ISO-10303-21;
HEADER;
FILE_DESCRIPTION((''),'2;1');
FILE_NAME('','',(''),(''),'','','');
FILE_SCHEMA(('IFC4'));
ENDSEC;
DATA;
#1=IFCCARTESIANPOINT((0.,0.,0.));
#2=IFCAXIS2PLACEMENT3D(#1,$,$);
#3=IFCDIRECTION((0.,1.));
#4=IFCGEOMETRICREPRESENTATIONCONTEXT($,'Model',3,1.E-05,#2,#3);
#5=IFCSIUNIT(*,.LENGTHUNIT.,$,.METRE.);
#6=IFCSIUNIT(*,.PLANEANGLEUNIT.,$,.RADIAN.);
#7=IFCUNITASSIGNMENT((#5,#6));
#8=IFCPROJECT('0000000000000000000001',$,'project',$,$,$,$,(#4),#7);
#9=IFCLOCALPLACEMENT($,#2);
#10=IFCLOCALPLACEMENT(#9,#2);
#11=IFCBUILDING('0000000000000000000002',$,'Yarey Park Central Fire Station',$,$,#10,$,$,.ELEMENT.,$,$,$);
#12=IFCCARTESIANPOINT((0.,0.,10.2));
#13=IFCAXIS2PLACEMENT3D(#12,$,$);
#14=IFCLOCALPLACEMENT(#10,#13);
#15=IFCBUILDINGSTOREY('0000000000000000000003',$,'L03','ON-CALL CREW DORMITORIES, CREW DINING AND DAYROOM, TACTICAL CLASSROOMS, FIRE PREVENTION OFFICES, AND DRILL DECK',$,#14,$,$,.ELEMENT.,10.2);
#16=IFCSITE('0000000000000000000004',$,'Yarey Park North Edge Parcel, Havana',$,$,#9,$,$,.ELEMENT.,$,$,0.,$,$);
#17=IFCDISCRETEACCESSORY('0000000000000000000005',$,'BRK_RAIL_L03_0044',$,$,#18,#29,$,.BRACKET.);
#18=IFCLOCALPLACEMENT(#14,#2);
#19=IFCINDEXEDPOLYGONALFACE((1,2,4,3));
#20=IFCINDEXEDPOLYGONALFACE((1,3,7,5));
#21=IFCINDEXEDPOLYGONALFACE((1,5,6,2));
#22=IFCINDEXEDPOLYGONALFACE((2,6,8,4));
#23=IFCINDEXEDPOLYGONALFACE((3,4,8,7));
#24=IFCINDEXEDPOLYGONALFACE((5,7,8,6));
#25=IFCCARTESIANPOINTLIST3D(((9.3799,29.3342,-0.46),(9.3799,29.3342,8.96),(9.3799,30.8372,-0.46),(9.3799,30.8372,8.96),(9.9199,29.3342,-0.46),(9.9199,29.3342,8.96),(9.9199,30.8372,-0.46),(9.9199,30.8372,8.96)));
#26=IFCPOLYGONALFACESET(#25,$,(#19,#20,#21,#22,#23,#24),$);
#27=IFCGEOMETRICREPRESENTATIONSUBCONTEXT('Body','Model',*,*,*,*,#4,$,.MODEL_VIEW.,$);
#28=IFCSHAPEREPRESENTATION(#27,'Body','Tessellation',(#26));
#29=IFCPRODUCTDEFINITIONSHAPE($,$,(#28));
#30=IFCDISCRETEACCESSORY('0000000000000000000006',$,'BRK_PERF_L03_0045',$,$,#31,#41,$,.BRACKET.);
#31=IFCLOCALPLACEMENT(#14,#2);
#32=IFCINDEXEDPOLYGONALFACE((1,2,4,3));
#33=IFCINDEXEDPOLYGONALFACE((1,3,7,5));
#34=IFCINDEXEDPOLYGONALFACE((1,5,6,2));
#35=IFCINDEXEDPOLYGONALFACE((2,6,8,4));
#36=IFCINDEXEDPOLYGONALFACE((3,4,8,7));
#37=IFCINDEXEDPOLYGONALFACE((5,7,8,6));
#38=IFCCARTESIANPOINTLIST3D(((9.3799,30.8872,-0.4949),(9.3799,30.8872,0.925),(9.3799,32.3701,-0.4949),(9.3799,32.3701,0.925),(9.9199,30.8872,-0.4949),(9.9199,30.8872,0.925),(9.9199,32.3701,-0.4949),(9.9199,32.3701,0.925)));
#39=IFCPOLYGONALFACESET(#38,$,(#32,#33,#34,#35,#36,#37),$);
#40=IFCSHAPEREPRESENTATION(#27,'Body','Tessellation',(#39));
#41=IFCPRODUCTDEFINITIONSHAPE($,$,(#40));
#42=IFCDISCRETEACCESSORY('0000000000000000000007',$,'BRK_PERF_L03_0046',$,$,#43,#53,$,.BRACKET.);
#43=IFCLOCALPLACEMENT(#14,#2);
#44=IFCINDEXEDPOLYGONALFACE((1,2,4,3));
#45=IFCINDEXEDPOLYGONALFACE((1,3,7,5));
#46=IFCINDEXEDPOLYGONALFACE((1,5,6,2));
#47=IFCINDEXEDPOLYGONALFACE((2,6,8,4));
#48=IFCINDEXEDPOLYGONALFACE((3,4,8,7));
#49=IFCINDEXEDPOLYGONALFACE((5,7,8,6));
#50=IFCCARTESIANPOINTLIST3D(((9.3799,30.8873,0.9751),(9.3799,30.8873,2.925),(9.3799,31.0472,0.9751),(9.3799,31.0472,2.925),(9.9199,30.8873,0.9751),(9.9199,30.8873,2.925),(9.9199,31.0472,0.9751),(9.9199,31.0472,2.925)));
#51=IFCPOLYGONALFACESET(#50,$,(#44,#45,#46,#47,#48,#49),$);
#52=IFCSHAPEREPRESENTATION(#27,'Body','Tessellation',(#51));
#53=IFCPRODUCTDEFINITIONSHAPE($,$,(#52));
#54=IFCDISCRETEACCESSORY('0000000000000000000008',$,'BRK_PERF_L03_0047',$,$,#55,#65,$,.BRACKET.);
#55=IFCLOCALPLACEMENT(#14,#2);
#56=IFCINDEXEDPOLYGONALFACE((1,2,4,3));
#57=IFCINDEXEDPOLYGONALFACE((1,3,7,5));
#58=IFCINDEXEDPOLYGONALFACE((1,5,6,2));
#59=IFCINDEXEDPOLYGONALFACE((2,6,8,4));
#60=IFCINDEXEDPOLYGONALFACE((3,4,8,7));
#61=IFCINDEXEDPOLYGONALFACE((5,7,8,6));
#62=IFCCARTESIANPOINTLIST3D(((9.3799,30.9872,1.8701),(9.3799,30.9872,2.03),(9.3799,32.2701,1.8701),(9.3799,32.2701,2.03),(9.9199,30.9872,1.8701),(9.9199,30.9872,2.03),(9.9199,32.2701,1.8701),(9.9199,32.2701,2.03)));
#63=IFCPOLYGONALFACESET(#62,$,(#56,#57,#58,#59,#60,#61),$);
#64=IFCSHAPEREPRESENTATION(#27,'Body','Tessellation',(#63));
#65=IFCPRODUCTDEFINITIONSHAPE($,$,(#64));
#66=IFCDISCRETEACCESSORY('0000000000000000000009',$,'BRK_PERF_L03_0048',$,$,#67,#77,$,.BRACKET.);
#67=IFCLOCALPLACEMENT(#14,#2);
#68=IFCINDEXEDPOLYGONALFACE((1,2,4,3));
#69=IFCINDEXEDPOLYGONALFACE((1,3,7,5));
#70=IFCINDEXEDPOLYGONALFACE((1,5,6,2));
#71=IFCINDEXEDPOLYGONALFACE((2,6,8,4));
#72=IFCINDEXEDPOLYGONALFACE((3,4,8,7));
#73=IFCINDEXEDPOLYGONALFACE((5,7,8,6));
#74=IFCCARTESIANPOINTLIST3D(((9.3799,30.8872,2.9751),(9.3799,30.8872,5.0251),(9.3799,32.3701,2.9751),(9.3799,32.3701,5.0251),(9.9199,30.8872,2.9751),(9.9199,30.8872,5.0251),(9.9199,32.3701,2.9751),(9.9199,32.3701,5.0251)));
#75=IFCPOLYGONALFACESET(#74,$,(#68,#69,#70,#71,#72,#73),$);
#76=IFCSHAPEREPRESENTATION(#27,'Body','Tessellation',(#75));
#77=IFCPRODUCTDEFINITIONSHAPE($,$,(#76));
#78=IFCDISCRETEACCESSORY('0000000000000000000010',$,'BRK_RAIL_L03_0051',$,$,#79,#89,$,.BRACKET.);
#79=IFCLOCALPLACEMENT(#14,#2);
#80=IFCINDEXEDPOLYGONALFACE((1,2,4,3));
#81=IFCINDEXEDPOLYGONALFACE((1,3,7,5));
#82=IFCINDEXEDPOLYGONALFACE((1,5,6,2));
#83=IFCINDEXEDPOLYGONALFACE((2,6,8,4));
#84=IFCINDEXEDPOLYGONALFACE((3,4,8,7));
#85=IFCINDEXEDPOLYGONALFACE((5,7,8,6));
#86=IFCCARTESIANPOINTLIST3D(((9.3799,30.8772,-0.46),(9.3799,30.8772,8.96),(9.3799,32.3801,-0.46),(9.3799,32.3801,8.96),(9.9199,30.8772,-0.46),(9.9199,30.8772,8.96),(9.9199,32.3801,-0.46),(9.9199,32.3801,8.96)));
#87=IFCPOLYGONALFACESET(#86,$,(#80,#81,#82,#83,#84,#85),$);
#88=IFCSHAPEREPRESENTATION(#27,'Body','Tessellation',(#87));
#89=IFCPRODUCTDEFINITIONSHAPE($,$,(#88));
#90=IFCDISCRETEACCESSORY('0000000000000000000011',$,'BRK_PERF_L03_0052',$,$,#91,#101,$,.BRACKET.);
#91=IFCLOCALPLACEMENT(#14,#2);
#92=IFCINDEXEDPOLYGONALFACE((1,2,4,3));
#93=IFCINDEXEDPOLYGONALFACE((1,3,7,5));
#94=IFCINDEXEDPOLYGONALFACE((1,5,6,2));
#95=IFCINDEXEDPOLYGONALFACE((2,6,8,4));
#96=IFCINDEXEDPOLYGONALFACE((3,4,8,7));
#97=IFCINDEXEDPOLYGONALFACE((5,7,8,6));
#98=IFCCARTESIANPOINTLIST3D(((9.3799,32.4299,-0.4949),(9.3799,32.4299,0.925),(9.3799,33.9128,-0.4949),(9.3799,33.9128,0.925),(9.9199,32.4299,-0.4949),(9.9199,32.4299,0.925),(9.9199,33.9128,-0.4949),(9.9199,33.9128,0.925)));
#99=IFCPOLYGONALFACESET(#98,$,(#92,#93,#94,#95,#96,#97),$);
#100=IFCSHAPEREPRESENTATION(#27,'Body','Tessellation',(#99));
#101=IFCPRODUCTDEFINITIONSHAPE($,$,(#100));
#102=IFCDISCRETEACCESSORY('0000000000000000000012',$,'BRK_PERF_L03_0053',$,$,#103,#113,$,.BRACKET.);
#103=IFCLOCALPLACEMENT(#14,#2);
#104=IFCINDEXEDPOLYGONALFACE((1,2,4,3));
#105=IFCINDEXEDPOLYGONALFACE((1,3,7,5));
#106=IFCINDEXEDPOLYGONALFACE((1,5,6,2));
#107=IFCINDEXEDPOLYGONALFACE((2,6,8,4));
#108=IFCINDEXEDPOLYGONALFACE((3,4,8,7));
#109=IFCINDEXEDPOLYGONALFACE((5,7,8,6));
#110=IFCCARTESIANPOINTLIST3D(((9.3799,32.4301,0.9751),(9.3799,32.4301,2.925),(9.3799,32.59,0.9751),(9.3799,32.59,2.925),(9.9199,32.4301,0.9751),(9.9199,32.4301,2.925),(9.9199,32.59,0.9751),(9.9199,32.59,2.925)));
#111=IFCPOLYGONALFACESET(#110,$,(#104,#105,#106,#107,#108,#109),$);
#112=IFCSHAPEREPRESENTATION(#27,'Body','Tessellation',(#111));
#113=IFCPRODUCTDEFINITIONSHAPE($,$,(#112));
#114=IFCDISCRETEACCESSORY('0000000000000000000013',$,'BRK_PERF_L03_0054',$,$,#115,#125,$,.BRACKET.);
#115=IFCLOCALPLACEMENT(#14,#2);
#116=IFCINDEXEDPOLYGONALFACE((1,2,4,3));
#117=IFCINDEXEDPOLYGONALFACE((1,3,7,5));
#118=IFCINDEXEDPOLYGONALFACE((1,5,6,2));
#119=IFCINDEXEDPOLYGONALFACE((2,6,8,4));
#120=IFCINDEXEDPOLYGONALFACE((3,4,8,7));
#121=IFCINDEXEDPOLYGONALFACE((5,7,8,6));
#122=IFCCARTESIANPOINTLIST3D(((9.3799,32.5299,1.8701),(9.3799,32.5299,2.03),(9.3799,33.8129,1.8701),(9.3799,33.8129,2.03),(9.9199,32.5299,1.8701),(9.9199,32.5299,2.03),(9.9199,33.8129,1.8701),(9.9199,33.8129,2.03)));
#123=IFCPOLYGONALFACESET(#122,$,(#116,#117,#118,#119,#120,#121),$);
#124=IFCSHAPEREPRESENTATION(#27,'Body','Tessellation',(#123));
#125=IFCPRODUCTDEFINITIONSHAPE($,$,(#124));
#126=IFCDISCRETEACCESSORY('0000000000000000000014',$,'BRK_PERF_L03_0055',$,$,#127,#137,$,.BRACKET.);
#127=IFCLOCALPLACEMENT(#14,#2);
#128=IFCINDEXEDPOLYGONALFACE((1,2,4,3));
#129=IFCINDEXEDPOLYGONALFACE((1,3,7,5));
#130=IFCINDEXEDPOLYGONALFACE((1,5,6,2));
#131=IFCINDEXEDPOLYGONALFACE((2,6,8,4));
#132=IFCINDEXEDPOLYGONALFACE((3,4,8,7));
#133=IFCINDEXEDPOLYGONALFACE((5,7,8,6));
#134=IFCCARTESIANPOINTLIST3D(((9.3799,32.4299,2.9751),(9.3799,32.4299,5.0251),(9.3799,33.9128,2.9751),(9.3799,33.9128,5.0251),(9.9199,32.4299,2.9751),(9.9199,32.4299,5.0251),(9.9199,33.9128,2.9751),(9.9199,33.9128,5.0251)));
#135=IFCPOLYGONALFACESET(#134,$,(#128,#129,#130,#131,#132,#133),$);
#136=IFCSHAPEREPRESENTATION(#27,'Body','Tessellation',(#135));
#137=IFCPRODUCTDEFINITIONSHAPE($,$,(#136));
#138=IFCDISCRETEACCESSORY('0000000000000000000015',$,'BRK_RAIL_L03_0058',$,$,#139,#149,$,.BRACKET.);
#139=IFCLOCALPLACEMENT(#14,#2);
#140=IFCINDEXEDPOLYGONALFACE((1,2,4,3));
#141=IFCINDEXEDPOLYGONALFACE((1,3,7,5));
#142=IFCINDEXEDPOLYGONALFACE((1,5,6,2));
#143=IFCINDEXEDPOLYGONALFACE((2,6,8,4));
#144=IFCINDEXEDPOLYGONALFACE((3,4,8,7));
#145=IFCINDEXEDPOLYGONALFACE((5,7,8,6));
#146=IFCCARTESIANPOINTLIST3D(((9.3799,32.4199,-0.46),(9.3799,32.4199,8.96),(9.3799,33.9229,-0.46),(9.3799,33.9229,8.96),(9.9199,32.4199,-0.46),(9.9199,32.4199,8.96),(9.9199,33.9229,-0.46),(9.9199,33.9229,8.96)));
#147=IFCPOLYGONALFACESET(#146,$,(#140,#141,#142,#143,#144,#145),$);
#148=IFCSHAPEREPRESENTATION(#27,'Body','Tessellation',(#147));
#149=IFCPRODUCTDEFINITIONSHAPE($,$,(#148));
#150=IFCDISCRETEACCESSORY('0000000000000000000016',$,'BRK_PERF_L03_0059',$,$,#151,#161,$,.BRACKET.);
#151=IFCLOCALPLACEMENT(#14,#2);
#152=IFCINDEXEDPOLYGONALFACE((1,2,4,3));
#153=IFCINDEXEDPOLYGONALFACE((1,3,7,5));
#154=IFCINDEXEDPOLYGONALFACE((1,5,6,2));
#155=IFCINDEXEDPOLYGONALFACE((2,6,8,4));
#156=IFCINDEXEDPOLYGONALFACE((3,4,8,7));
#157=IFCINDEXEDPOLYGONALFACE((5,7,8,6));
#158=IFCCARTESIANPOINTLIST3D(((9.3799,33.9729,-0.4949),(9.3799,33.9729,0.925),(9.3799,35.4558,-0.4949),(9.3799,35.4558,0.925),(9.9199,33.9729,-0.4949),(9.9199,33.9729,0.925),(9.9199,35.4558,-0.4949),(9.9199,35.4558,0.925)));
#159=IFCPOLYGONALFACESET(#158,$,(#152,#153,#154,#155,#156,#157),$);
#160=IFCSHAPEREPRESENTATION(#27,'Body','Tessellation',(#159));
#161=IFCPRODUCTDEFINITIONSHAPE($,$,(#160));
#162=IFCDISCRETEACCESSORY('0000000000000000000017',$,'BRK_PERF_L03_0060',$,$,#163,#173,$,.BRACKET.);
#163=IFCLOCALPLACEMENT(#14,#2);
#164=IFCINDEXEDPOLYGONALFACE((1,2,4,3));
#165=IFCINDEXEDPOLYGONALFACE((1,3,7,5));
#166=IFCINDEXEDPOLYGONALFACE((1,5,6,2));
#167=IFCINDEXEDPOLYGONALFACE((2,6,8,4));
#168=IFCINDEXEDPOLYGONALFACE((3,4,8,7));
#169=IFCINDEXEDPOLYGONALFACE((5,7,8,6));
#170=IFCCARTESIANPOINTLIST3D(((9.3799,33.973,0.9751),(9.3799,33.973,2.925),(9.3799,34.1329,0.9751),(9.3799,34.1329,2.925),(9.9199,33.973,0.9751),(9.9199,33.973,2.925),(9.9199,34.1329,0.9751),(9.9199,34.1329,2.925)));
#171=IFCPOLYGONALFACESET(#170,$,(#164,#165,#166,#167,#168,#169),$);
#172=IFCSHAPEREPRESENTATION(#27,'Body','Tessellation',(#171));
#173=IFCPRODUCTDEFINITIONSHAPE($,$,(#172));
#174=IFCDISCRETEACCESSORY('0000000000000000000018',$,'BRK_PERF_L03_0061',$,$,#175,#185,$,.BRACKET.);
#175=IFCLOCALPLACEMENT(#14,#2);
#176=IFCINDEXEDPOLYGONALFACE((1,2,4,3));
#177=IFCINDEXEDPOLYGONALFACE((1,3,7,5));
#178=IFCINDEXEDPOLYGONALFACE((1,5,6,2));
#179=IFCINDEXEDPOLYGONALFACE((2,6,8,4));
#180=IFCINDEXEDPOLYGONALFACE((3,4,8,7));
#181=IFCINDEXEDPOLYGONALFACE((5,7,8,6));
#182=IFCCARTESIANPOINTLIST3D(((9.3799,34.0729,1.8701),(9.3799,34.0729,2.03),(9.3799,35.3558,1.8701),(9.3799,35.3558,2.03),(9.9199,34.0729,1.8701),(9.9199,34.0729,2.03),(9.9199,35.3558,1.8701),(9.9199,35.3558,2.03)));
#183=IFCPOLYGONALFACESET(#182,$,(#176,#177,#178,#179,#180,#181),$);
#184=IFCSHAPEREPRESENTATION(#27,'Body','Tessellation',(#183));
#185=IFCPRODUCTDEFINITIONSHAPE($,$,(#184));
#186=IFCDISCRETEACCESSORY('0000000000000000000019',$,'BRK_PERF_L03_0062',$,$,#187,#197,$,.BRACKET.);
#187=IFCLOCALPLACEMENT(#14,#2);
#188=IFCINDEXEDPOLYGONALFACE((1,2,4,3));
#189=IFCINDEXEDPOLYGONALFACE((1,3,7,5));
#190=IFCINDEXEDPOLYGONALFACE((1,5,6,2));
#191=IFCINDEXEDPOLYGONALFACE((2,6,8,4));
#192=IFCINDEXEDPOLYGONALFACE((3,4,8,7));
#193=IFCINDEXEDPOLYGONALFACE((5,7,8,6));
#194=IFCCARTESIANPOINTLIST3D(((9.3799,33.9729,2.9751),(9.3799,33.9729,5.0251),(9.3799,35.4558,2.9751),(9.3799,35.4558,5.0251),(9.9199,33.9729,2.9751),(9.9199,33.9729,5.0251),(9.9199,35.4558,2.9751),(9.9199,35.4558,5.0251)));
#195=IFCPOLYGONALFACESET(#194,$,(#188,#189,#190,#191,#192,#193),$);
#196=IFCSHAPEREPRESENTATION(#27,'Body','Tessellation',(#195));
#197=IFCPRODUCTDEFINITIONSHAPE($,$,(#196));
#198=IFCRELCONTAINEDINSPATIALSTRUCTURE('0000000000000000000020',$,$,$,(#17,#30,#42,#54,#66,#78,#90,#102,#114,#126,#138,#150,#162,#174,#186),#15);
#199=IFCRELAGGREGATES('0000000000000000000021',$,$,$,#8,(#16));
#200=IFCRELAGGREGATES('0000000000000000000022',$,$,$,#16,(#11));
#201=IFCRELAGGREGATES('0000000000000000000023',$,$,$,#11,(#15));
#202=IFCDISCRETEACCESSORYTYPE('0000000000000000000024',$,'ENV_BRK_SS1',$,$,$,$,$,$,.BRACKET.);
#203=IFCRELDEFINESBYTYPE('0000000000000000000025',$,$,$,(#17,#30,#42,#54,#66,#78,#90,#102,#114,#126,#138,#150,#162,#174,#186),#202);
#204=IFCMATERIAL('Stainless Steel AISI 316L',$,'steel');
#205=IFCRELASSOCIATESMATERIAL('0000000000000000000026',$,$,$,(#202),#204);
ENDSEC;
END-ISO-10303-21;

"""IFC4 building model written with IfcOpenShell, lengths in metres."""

from ifc_helpers import new_model, si_unit, direction, frame, origin, origin_2d, place, context, subcontext, project, spatial, rectangle, extrude, material, type_object, element, save


model = new_model("IFC4")

# Units and contexts
model_context = context("Model", 3, precision=1e-05, world=origin(), true_north=direction((0.0, 1.0)))
body_context = subcontext(model_context, "Body", "Model", "MODEL_VIEW")
ifc_project = project(units=[si_unit("LENGTHUNIT", "METRE"), si_unit("PLANEANGLEUNIT", "RADIAN")], contexts=[model_context])

# Site, building, storey
site_placement = place(None, origin())
site = spatial("IfcSite", under=ifc_project, at=site_placement, Name="Yarey Park North Edge Parcel, Havana", CompositionType="ELEMENT", RefElevation=0.0)
building_placement = place(site_placement, origin())
building = spatial("IfcBuilding", under=site, at=building_placement, Name="Yarey Park Central Fire Station", CompositionType="ELEMENT")
storey_placement = place(building_placement, frame((0.0, 0.0, 10.2)))
storey = spatial("IfcBuildingStorey", under=building, at=storey_placement, Name="L03", Description="ON-CALL CREW DORMITORIES, CREW DINING AND DAYROOM, TACTICAL CLASSROOMS, FIRE PREVENTION OFFICES, AND DRILL DECK", CompositionType="ELEMENT", Elevation=10.2)

# Discrete accessories
ifc_material_1 = material(Name="Stainless Steel AISI 316L", Category="steel")
discrete_accessory_type = type_object("IfcDiscreteAccessoryType", Name="ENV_BRK_SS1", PredefinedType="BRACKET", material=ifc_material_1)
discrete_accessory_1_placement = place(storey_placement, frame((9.6499, 30.0857, -0.46), z_axis=(0.0, 0.0, 1.0), x_axis=(1.0, 0.0, 0.0)))
element("IfcDiscreteAccessory", 1, at=discrete_accessory_1_placement, inside=storey, type_object=discrete_accessory_type, Name="BRK_RAIL_L03_0044", PredefinedType="BRACKET", context=body_context, shape_type="SweptSolid", body=[
    extrude(rectangle(XDim=0.54, YDim=1.5029, at=origin_2d()), origin(), (0.0, 0.0, 1.0), 9.4199),
])
discrete_accessory_2_placement = place(storey_placement, frame((9.6499, 31.6287, -0.4949), z_axis=(0.0, 0.0, 1.0), x_axis=(1.0, 0.0, 0.0)))
element("IfcDiscreteAccessory", 2, at=discrete_accessory_2_placement, inside=storey, type_object=discrete_accessory_type, Name="BRK_PERF_L03_0045", PredefinedType="BRACKET", context=body_context, shape_type="SweptSolid", body=[
    extrude(rectangle(XDim=0.54, YDim=1.4829, at=origin_2d()), origin(), (0.0, 0.0, 1.0), 1.4199),
])
discrete_accessory_3_placement = place(storey_placement, frame((9.6499, 30.9673, 0.9751), z_axis=(0.0, 0.0, 1.0), x_axis=(1.0, 0.0, 0.0)))
element("IfcDiscreteAccessory", 3, at=discrete_accessory_3_placement, inside=storey, type_object=discrete_accessory_type, Name="BRK_PERF_L03_0046", PredefinedType="BRACKET", context=body_context, shape_type="SweptSolid", body=[
    extrude(rectangle(XDim=0.54, YDim=0.1599, at=origin_2d()), origin(), (0.0, 0.0, 1.0), 1.95),
])
discrete_accessory_4_placement = place(storey_placement, frame((9.6499, 31.6287, 1.8701), z_axis=(0.0, 0.0, 1.0), x_axis=(1.0, 0.0, 0.0)))
element("IfcDiscreteAccessory", 4, at=discrete_accessory_4_placement, inside=storey, type_object=discrete_accessory_type, Name="BRK_PERF_L03_0047", PredefinedType="BRACKET", context=body_context, shape_type="SweptSolid", body=[
    extrude(rectangle(XDim=0.54, YDim=1.283, at=origin_2d()), origin(), (0.0, 0.0, 1.0), 0.1599),
])
discrete_accessory_5_placement = place(storey_placement, frame((9.6499, 31.6287, 2.9751), z_axis=(0.0, 0.0, 1.0), x_axis=(1.0, 0.0, 0.0)))
element("IfcDiscreteAccessory", 5, at=discrete_accessory_5_placement, inside=storey, type_object=discrete_accessory_type, Name="BRK_PERF_L03_0048", PredefinedType="BRACKET", context=body_context, shape_type="SweptSolid", body=[
    extrude(rectangle(XDim=0.54, YDim=1.4829, at=origin_2d()), origin(), (0.0, 0.0, 1.0), 2.05),
])
discrete_accessory_6_placement = place(storey_placement, frame((9.6499, 31.6287, -0.46), z_axis=(0.0, 0.0, 1.0), x_axis=(1.0, 0.0, 0.0)))
element("IfcDiscreteAccessory", 6, at=discrete_accessory_6_placement, inside=storey, type_object=discrete_accessory_type, Name="BRK_RAIL_L03_0051", PredefinedType="BRACKET", context=body_context, shape_type="SweptSolid", body=[
    extrude(rectangle(XDim=0.54, YDim=1.5029, at=origin_2d()), origin(), (0.0, 0.0, 1.0), 9.4199),
])
discrete_accessory_7_placement = place(storey_placement, frame((9.6499, 33.1714, -0.4949), z_axis=(0.0, 0.0, 1.0), x_axis=(1.0, 0.0, 0.0)))
element("IfcDiscreteAccessory", 7, at=discrete_accessory_7_placement, inside=storey, type_object=discrete_accessory_type, Name="BRK_PERF_L03_0052", PredefinedType="BRACKET", context=body_context, shape_type="SweptSolid", body=[
    extrude(rectangle(XDim=0.54, YDim=1.4829, at=origin_2d()), origin(), (0.0, 0.0, 1.0), 1.4199),
])
discrete_accessory_8_placement = place(storey_placement, frame((9.6499, 32.51, 0.9751), z_axis=(0.0, 0.0, 1.0), x_axis=(1.0, 0.0, 0.0)))
element("IfcDiscreteAccessory", 8, at=discrete_accessory_8_placement, inside=storey, type_object=discrete_accessory_type, Name="BRK_PERF_L03_0053", PredefinedType="BRACKET", context=body_context, shape_type="SweptSolid", body=[
    extrude(rectangle(XDim=0.54, YDim=0.1599, at=origin_2d()), origin(), (0.0, 0.0, 1.0), 1.95),
])
discrete_accessory_9_placement = place(storey_placement, frame((9.6499, 33.1714, 1.8701), z_axis=(0.0, 0.0, 1.0), x_axis=(1.0, 0.0, 0.0)))
element("IfcDiscreteAccessory", 9, at=discrete_accessory_9_placement, inside=storey, type_object=discrete_accessory_type, Name="BRK_PERF_L03_0054", PredefinedType="BRACKET", context=body_context, shape_type="SweptSolid", body=[
    extrude(rectangle(XDim=0.54, YDim=1.283, at=origin_2d()), origin(), (0.0, 0.0, 1.0), 0.1599),
])
discrete_accessory_10_placement = place(storey_placement, frame((9.6499, 33.1714, 2.9751), z_axis=(0.0, 0.0, 1.0), x_axis=(1.0, 0.0, 0.0)))
element("IfcDiscreteAccessory", 10, at=discrete_accessory_10_placement, inside=storey, type_object=discrete_accessory_type, Name="BRK_PERF_L03_0055", PredefinedType="BRACKET", context=body_context, shape_type="SweptSolid", body=[
    extrude(rectangle(XDim=0.54, YDim=1.4829, at=origin_2d()), origin(), (0.0, 0.0, 1.0), 2.05),
])
discrete_accessory_11_placement = place(storey_placement, frame((9.6499, 33.1714, -0.46), z_axis=(0.0, 0.0, 1.0), x_axis=(1.0, 0.0, 0.0)))
element("IfcDiscreteAccessory", 11, at=discrete_accessory_11_placement, inside=storey, type_object=discrete_accessory_type, Name="BRK_RAIL_L03_0058", PredefinedType="BRACKET", context=body_context, shape_type="SweptSolid", body=[
    extrude(rectangle(XDim=0.54, YDim=1.5029, at=origin_2d()), origin(), (0.0, 0.0, 1.0), 9.4199),
])
discrete_accessory_12_placement = place(storey_placement, frame((9.6499, 34.7144, -0.4949), z_axis=(0.0, 0.0, 1.0), x_axis=(1.0, 0.0, 0.0)))
element("IfcDiscreteAccessory", 12, at=discrete_accessory_12_placement, inside=storey, type_object=discrete_accessory_type, Name="BRK_PERF_L03_0059", PredefinedType="BRACKET", context=body_context, shape_type="SweptSolid", body=[
    extrude(rectangle(XDim=0.54, YDim=1.4829, at=origin_2d()), origin(), (0.0, 0.0, 1.0), 1.4199),
])
discrete_accessory_13_placement = place(storey_placement, frame((9.6499, 34.053, 0.9751), z_axis=(0.0, 0.0, 1.0), x_axis=(1.0, 0.0, 0.0)))
element("IfcDiscreteAccessory", 13, at=discrete_accessory_13_placement, inside=storey, type_object=discrete_accessory_type, Name="BRK_PERF_L03_0060", PredefinedType="BRACKET", context=body_context, shape_type="SweptSolid", body=[
    extrude(rectangle(XDim=0.54, YDim=0.1599, at=origin_2d()), origin(), (0.0, 0.0, 1.0), 1.95),
])
discrete_accessory_14_placement = place(storey_placement, frame((9.6499, 34.7144, 1.8701), z_axis=(0.0, 0.0, 1.0), x_axis=(1.0, 0.0, 0.0)))
element("IfcDiscreteAccessory", 14, at=discrete_accessory_14_placement, inside=storey, type_object=discrete_accessory_type, Name="BRK_PERF_L03_0061", PredefinedType="BRACKET", context=body_context, shape_type="SweptSolid", body=[
    extrude(rectangle(XDim=0.54, YDim=1.283, at=origin_2d()), origin(), (0.0, 0.0, 1.0), 0.1599),
])
discrete_accessory_15_placement = place(storey_placement, frame((9.6499, 34.7144, 2.9751), z_axis=(0.0, 0.0, 1.0), x_axis=(1.0, 0.0, 0.0)))
element("IfcDiscreteAccessory", 15, at=discrete_accessory_15_placement, inside=storey, type_object=discrete_accessory_type, Name="BRK_PERF_L03_0062", PredefinedType="BRACKET", context=body_context, shape_type="SweptSolid", body=[
    extrude(rectangle(XDim=0.54, YDim=1.4829, at=origin_2d()), origin(), (0.0, 0.0, 1.0), 2.05),
])

save(model, "model.ifc")
